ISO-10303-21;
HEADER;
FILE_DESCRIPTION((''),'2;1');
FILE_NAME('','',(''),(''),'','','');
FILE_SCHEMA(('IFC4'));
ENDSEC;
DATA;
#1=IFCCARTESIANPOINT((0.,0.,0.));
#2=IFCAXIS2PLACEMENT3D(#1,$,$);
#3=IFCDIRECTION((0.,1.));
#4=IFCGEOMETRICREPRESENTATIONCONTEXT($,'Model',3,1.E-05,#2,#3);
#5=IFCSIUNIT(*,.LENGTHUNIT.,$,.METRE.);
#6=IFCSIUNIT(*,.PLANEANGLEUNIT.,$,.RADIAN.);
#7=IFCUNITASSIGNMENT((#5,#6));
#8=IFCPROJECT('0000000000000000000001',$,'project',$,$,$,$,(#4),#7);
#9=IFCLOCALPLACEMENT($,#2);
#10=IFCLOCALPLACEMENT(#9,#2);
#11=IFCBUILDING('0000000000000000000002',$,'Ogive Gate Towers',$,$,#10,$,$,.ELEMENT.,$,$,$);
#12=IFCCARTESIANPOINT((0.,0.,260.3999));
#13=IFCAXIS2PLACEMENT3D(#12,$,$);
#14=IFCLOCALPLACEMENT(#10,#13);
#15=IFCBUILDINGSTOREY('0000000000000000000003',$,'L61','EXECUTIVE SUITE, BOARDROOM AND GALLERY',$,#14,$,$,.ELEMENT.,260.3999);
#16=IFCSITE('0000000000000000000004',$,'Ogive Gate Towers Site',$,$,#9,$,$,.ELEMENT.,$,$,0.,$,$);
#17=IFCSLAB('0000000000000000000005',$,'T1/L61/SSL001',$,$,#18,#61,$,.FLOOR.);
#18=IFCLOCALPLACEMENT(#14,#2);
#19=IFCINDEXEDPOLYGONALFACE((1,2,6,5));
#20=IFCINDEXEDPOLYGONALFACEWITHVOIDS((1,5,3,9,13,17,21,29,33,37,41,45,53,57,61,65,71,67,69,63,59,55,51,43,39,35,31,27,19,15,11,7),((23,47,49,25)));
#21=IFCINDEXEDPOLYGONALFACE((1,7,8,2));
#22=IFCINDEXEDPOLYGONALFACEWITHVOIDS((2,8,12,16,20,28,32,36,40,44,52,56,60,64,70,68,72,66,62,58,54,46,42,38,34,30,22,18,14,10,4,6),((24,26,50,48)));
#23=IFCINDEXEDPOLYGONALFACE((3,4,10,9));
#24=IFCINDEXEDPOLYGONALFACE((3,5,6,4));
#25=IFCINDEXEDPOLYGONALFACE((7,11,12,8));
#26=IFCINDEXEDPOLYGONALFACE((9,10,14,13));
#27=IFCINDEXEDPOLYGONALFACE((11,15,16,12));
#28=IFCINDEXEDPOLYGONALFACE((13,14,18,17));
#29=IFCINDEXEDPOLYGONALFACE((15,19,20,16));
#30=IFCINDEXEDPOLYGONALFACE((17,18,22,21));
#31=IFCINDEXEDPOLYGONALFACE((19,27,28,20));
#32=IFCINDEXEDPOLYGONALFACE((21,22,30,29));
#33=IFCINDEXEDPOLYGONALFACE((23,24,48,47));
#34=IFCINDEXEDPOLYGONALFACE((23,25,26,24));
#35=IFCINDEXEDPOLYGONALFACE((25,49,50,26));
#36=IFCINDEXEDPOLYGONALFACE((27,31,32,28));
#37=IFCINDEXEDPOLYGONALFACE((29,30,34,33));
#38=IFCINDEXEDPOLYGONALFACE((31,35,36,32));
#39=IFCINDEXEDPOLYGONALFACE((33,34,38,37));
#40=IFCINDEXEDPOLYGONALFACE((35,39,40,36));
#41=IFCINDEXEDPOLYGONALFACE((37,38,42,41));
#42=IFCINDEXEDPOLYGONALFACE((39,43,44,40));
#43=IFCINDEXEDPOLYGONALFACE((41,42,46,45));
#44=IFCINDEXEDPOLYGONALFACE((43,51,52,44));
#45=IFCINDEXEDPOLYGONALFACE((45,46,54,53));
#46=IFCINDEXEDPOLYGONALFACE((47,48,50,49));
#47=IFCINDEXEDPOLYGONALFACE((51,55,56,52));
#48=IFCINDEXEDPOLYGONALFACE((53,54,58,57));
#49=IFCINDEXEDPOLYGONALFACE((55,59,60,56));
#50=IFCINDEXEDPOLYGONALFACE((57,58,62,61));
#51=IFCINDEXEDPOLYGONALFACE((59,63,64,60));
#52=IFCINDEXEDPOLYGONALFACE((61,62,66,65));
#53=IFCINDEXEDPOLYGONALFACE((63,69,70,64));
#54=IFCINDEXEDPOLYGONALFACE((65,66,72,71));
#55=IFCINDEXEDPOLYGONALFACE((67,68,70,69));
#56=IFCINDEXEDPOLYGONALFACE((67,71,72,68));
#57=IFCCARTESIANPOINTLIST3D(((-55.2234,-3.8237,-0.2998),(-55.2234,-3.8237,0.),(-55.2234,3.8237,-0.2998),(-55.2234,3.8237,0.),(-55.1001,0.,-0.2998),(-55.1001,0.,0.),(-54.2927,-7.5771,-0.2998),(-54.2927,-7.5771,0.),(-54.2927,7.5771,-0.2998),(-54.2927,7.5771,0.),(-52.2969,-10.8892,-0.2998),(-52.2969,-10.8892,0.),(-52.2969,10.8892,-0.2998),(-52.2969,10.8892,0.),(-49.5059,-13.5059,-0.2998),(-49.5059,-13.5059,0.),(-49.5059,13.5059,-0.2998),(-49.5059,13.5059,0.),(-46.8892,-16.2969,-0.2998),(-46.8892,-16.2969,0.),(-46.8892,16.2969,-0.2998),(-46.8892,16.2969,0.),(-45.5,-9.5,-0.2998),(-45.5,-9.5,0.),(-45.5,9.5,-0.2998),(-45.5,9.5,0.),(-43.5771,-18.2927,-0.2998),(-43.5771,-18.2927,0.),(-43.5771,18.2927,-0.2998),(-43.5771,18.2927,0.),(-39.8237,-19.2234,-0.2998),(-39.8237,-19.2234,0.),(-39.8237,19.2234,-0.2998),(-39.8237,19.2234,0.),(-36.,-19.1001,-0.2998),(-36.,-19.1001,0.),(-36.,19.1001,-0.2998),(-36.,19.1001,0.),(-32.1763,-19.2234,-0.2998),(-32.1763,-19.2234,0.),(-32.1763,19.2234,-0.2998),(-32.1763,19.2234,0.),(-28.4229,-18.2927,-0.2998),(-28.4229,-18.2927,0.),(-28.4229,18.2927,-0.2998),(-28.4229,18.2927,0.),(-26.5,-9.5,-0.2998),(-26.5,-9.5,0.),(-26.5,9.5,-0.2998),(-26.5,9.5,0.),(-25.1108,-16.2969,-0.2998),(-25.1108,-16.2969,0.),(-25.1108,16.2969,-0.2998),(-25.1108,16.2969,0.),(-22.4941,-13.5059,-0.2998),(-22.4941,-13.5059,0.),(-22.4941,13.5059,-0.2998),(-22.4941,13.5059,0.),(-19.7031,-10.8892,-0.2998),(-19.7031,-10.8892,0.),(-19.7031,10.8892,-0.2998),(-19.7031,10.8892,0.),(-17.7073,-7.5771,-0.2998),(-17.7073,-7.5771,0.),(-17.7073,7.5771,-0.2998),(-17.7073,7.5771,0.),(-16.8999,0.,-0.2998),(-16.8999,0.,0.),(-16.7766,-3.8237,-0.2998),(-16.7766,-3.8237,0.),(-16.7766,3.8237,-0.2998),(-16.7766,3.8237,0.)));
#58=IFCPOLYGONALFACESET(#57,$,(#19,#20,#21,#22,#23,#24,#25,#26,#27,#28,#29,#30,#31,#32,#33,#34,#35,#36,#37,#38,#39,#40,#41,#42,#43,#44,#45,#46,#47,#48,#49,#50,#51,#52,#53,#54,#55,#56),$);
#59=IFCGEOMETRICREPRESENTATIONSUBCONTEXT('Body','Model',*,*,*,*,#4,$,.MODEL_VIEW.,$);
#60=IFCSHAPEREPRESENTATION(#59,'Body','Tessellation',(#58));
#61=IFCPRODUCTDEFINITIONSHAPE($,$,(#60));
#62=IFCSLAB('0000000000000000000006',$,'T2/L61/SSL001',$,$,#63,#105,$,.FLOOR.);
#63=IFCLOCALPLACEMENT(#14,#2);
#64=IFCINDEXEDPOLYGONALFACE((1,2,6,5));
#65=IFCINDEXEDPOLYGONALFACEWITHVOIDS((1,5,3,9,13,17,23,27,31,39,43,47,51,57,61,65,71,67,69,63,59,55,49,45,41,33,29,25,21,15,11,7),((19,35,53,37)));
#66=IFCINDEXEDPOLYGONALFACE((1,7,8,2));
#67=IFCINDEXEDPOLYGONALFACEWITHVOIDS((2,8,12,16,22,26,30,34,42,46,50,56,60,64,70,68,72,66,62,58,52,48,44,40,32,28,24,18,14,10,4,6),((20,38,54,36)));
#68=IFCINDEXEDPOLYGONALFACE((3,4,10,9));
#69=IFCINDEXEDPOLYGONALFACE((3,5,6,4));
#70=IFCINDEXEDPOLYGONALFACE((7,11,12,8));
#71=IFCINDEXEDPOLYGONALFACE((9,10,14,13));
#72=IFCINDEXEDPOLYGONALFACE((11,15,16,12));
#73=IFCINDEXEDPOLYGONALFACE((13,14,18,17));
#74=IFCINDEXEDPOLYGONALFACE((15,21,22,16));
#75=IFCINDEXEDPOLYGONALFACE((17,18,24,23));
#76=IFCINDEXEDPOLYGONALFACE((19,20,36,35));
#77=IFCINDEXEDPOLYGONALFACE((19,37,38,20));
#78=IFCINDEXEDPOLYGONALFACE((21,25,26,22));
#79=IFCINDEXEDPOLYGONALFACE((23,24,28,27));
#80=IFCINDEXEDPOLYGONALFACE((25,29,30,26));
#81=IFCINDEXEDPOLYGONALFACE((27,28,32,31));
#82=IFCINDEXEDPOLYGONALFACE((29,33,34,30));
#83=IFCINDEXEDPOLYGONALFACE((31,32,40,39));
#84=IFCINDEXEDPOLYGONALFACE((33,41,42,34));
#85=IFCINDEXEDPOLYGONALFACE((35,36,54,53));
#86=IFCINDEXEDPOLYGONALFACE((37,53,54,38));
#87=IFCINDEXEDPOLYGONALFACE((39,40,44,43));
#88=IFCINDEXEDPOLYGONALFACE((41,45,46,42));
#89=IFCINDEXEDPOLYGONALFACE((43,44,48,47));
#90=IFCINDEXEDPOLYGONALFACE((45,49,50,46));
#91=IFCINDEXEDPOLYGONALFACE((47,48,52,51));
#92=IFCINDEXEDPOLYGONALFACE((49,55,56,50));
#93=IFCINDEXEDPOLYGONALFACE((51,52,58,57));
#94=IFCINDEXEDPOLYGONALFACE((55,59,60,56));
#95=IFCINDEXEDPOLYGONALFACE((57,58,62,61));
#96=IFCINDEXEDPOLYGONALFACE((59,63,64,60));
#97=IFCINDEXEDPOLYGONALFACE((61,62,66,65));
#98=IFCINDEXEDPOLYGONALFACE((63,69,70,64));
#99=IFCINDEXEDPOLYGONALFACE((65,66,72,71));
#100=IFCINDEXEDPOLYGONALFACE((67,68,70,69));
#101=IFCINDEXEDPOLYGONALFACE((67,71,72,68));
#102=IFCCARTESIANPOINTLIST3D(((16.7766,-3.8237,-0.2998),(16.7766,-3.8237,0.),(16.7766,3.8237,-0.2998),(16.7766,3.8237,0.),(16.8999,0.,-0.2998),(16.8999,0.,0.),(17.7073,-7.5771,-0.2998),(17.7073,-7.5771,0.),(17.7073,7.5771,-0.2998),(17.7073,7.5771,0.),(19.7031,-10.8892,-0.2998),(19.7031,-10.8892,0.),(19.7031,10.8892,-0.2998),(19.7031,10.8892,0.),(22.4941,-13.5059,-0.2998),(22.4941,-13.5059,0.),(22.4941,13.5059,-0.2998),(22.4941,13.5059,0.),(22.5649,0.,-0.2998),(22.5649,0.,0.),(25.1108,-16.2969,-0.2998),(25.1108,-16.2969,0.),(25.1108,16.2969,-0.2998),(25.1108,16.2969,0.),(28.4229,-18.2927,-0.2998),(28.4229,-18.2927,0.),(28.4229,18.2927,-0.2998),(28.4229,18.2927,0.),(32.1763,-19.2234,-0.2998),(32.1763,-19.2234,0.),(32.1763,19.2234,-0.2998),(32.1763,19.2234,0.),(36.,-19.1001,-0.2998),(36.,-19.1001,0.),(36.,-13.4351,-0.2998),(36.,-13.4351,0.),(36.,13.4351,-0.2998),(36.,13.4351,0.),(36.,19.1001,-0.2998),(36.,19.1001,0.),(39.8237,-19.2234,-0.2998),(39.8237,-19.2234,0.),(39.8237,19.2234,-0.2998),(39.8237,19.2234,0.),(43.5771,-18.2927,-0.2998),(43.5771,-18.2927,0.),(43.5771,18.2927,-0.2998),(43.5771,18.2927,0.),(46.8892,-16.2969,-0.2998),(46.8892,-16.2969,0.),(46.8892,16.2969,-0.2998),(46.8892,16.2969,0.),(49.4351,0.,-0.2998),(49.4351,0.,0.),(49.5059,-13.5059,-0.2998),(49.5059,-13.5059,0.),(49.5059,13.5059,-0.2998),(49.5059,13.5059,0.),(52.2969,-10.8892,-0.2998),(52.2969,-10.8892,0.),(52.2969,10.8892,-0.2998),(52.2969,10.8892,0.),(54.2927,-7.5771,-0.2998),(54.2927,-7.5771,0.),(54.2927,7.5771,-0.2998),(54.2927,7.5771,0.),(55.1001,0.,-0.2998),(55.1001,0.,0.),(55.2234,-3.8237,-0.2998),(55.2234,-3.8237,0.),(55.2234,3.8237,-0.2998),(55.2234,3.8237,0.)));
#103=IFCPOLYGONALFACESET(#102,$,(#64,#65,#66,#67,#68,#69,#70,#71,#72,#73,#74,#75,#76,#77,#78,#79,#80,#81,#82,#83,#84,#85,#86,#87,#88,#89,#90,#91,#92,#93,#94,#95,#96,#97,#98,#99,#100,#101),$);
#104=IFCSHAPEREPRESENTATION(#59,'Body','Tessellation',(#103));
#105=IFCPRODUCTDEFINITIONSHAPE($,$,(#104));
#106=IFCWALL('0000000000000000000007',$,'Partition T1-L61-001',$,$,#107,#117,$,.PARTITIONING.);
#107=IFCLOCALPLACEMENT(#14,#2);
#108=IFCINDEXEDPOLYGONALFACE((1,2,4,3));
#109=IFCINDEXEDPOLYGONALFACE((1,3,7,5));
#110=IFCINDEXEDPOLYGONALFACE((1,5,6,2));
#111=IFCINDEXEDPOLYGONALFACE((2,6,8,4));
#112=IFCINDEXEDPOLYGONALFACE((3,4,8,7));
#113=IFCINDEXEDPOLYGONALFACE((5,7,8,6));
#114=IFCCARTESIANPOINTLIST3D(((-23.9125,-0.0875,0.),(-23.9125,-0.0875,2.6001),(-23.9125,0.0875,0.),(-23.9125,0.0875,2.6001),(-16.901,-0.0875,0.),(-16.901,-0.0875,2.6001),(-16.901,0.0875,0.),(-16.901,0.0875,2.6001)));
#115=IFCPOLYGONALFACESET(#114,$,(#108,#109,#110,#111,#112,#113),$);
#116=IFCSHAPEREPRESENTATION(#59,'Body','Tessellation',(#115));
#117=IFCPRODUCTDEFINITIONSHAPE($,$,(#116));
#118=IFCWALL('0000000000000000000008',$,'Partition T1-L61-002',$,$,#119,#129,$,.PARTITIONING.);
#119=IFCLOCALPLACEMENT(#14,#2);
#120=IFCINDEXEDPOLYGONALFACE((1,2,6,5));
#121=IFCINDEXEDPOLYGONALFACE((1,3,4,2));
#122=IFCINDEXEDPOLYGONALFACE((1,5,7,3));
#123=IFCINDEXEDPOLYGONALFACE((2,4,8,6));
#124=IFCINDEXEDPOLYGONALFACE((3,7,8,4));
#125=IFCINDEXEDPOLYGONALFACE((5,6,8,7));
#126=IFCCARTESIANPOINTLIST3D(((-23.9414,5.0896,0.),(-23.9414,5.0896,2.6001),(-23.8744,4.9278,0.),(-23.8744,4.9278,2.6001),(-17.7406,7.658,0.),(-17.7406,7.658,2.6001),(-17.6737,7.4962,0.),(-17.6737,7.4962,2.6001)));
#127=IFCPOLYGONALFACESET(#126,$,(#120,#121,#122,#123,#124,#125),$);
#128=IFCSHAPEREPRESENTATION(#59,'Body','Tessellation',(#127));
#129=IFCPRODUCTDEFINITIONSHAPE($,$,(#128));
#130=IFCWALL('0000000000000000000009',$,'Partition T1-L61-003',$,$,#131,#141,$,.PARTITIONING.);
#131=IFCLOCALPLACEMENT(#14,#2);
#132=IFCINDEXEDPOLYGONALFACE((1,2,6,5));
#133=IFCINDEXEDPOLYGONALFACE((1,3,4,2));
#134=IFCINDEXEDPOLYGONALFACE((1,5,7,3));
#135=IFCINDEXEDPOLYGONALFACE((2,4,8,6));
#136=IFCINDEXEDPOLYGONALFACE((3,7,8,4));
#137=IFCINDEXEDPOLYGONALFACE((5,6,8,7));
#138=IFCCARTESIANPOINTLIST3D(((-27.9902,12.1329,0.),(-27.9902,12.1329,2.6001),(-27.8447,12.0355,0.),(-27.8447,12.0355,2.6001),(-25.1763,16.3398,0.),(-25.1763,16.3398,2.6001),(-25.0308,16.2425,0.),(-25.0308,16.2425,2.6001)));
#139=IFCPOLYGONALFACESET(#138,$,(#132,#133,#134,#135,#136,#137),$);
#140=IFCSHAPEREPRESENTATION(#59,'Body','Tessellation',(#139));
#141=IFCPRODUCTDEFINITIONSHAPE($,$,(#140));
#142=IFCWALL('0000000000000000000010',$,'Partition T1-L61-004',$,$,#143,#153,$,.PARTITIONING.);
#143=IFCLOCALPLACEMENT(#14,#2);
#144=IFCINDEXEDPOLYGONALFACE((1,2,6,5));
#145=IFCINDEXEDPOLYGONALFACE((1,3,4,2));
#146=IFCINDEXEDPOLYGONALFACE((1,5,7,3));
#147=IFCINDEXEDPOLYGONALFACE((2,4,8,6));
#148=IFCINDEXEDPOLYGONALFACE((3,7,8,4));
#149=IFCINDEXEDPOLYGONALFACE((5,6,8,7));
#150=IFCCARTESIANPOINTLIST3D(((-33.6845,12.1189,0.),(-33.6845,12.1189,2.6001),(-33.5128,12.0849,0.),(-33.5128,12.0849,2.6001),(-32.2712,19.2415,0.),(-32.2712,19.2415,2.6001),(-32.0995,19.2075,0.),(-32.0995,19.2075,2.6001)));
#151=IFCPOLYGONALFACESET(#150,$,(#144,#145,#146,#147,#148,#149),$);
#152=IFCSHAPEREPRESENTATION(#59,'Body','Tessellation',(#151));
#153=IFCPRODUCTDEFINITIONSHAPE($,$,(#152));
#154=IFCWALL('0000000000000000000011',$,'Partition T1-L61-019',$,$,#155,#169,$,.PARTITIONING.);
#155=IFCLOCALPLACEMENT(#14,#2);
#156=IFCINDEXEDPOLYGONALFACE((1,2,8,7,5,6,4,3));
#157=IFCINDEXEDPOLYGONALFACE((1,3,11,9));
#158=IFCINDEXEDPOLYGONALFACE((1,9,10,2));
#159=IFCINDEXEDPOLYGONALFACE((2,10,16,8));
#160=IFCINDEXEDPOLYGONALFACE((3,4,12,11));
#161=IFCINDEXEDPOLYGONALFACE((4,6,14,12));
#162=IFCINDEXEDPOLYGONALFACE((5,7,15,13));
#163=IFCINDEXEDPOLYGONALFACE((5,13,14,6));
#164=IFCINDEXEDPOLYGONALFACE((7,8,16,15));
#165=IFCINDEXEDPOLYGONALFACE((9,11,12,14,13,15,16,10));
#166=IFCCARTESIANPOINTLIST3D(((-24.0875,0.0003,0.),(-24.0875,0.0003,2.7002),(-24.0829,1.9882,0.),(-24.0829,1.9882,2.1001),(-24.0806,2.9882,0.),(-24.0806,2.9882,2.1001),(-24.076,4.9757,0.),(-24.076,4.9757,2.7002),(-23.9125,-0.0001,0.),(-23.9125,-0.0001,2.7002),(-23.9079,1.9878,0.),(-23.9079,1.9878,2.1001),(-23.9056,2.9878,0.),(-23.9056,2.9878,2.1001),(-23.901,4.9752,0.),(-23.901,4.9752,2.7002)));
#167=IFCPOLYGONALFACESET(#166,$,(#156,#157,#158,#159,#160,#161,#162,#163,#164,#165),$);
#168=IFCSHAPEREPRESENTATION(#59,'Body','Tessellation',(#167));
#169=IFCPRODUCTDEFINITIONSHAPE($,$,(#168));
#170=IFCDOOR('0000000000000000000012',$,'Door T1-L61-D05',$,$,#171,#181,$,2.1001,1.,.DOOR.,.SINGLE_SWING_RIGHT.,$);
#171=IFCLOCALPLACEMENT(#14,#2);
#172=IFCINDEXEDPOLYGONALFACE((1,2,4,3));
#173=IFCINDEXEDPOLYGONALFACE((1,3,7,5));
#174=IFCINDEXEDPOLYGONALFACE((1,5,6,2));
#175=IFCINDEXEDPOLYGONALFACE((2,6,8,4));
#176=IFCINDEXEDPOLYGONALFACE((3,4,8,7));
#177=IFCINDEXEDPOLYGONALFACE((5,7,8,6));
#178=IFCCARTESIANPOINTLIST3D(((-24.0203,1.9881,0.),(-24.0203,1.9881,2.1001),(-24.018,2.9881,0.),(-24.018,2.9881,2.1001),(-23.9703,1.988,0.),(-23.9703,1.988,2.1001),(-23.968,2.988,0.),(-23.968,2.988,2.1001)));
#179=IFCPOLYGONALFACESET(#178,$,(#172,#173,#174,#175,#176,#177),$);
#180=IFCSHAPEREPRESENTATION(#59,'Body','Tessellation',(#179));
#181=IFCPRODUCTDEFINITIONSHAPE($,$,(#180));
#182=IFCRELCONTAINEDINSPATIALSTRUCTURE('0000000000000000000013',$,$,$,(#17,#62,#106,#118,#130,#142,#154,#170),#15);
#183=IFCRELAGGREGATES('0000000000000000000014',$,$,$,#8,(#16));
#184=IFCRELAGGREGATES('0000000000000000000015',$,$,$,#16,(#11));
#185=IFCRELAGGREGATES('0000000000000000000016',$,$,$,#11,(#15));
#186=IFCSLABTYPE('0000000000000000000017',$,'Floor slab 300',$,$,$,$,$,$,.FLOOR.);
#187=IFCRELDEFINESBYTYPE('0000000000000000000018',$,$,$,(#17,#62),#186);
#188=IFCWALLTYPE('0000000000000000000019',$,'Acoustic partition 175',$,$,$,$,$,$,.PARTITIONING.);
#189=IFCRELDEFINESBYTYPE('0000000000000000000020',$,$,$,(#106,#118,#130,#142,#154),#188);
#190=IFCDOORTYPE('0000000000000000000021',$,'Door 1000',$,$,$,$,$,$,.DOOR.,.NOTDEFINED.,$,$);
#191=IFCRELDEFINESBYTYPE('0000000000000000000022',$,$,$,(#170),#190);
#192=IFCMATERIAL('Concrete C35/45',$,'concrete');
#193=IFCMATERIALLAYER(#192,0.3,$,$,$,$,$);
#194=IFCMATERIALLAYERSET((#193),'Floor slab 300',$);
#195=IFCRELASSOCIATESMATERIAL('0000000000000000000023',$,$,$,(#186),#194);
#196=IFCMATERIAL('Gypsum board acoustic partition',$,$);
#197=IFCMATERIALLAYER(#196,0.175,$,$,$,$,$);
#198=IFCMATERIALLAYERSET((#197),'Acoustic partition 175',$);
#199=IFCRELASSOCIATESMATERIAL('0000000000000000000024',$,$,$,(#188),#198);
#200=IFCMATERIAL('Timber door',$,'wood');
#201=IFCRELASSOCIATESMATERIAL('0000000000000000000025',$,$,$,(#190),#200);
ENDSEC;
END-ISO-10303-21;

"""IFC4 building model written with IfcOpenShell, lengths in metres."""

from ifc_helpers import new_model, si_unit, direction, frame, frame_2d, origin, place, context, subcontext, project, spatial, polyline, rectangle, outline, extrude, material, layer, layer_set, type_object, element, fill, save


model = new_model("IFC4")

# Units and contexts
model_context = context("Model", 3, precision=1e-05, world=origin(), true_north=direction((0.0, 1.0)))
body_context = subcontext(model_context, "Body", "Model", "MODEL_VIEW")
ifc_project = project(units=[si_unit("LENGTHUNIT", "METRE"), si_unit("PLANEANGLEUNIT", "RADIAN")], contexts=[model_context])

# Site, building, storey
site_placement = place(None, origin())
site = spatial("IfcSite", under=ifc_project, at=site_placement, Name="Ogive Gate Towers Site", CompositionType="ELEMENT", RefElevation=0.0)
building_placement = place(site_placement, origin())
building = spatial("IfcBuilding", under=site, at=building_placement, Name="Ogive Gate Towers", CompositionType="ELEMENT")
storey_placement = place(building_placement, frame((0.0, 0.0, 260.3999)))
storey = spatial("IfcBuildingStorey", under=building, at=storey_placement, Name="L61", Description="EXECUTIVE SUITE, BOARDROOM AND GALLERY", CompositionType="ELEMENT", Elevation=260.3999)

# Slabs
ifc_material_1 = material(Name="Concrete C35/45", Category="concrete")
ifc_layer_1 = layer(ifc_material_1, 0.3)
ifc_layer_set_1 = layer_set([ifc_layer_1], Name="Floor slab 300")
slab_type_1 = type_object("IfcSlabType", Name="Floor slab 300", PredefinedType="FLOOR", material=ifc_layer_set_1)
slab_1_placement = place(storey_placement, frame((0.0, 0.0, -0.2998)))
element("IfcSlab", 1, at=slab_1_placement, inside=storey, type_object=slab_type_1, Name="T1/L61/SSL001", PredefinedType="FLOOR", context=body_context, shape_type="SweptSolid", body=[
    extrude(outline(polyline([(-16.7766, -3.8237), (-16.8999, 0.0), (-16.7766, 3.8237), (-17.7073, 7.5771), (-19.7031, 10.8892), (-22.4941, 13.5059), (-25.1108, 16.2969), (-28.4229, 18.2927), (-32.1763, 19.2234), (-36.0, 19.1001), (-39.8237, 19.2234), (-43.5771, 18.2927), (-46.8892, 16.2969), (-49.5059, 13.5059), (-52.2969, 10.8892), (-54.2927, 7.5771), (-55.2234, 3.8237), (-55.1001, 0.0), (-55.2234, -3.8237), (-54.2927, -7.5771), (-52.2969, -10.8892), (-49.5059, -13.5059), (-46.8892, -16.2969), (-43.5771, -18.2927), (-39.8237, -19.2234), (-36.0, -19.1001), (-32.1763, -19.2234), (-28.4229, -18.2927), (-25.1108, -16.2969), (-22.4941, -13.5059), (-19.7031, -10.8892), (-17.7073, -7.5771), (-16.7766, -3.8237)]), holes=[polyline([(-26.5, -9.5), (-45.5, -9.5), (-45.5, 9.5), (-26.5, 9.5), (-26.5, -9.5)])]), origin(), (0.0, 0.0, 1.0), 0.2998),
])
slab_2_placement = place(storey_placement, frame((0.0, 0.0, -0.2998)))
element("IfcSlab", 2, at=slab_2_placement, inside=storey, type_object=slab_type_1, Name="T2/L61/SSL001", PredefinedType="FLOOR", context=body_context, shape_type="SweptSolid", body=[
    extrude(outline(polyline([(55.2234, -3.8237), (55.1001, 0.0), (55.2234, 3.8237), (54.2927, 7.5771), (52.2969, 10.8892), (49.5059, 13.5059), (46.8892, 16.2969), (43.5771, 18.2927), (39.8237, 19.2234), (36.0, 19.1001), (32.1763, 19.2234), (28.4229, 18.2927), (25.1108, 16.2969), (22.4941, 13.5059), (19.7031, 10.8892), (17.7073, 7.5771), (16.7766, 3.8237), (16.8999, 0.0), (16.7766, -3.8237), (17.7073, -7.5771), (19.7031, -10.8892), (22.4941, -13.5059), (25.1108, -16.2969), (28.4229, -18.2927), (32.1763, -19.2234), (36.0, -19.1001), (39.8237, -19.2234), (43.5771, -18.2927), (46.8892, -16.2969), (49.5059, -13.5059), (52.2969, -10.8892), (54.2927, -7.5771), (55.2234, -3.8237)]), holes=[polyline([(49.4351, 0.0), (36.0, -13.4351), (22.5649, 0.0), (36.0, 13.4351), (49.4351, 0.0)])]), origin(), (0.0, 0.0, 1.0), 0.2998),
])

# Walls
ifc_material_2 = material(Name="Gypsum board acoustic partition")
ifc_layer_2 = layer(ifc_material_2, 0.175)
ifc_layer_set_2 = layer_set([ifc_layer_2], Name="Acoustic partition 175")
wall_type_1 = type_object("IfcWallType", Name="Acoustic partition 175", PredefinedType="PARTITIONING", material=ifc_layer_set_2)
wall_1_placement = place(storey_placement, frame((-16.9009, 0.0, 0.0), z_axis=(0.0, 0.0, 1.0), x_axis=(-1.0, 0.0, 0.0)))
element("IfcWall", 3, at=wall_1_placement, inside=storey, type_object=wall_type_1, Name="Partition T1-L61-001", PredefinedType="PARTITIONING", context=body_context, shape_type="SweptSolid", body=[
    extrude(rectangle(XDim=7.0115, YDim=0.175, at=frame_2d((3.5059, 0.0))), origin(), (0.0, 0.0, 1.0), 2.6001),
])
wall_2_placement = place(storey_placement, frame((-17.707, 7.5771, 0.0), z_axis=(0.0, 0.0, 1.0), x_axis=(-0.923882, -0.382677, 0.0)))
element("IfcWall", 4, at=wall_2_placement, inside=storey, type_object=wall_type_1, Name="Partition T1-L61-002", PredefinedType="PARTITIONING", context=body_context, shape_type="SweptSolid", body=[
    extrude(rectangle(XDim=6.7117, YDim=0.175, at=frame_2d((3.356, 0.0))), origin(), (0.0, 0.0, 1.0), 2.6001),
])
wall_3_placement = place(storey_placement, frame((-25.1035, 16.2913, 0.0), z_axis=(0.0, 0.0, 1.0), x_axis=(-0.555969, -0.831203, 0.0)))
element("IfcWall", 5, at=wall_3_placement, inside=storey, type_object=wall_type_1, Name="Partition T1-L61-003", PredefinedType="PARTITIONING", context=body_context, shape_type="SweptSolid", body=[
    extrude(rectangle(XDim=5.0613, YDim=0.175, at=frame_2d((2.5308, 0.0))), origin(), (0.0, 0.0, 1.0), 2.6001),
])
wall_4_placement = place(storey_placement, frame((-32.1853, 19.2246, 0.0), z_axis=(0.0, 0.0, 1.0), x_axis=(-0.194635, -0.980876, 0.0)))
element("IfcWall", 6, at=wall_4_placement, inside=storey, type_object=wall_type_1, Name="Partition T1-L61-004", PredefinedType="PARTITIONING", context=body_context, shape_type="SweptSolid", body=[
    extrude(rectangle(XDim=7.2615, YDim=0.175, at=frame_2d((3.6309, 0.0))), origin(), (0.0, 0.0, 1.0), 2.6001),
])

# Wall, opening, door
wall_5_placement = place(storey_placement, frame((-24.0, 0.0, 0.0), z_axis=(0.0, 0.0, 1.0), x_axis=(0.002306, 0.999997, 0.0)))
wall_5 = element("IfcWall", 7, at=wall_5_placement, inside=storey, type_object=wall_type_1, Name="Partition T1-L61-019", PredefinedType="PARTITIONING", context=body_context, shape_type="SweptSolid", body=[
    extrude(rectangle(XDim=4.9753, YDim=0.175, at=frame_2d((2.4878, 0.0))), origin(), (0.0, 0.0, 1.0), 2.7002),
])
opening_1_placement = place(wall_5_placement, frame((1.988, 0.0, 0.0)))
opening_1 = element("IfcOpeningElement", 8, at=opening_1_placement, cuts=wall_5, PredefinedType="OPENING", context=body_context, shape_type="SweptSolid", body=[
    extrude(rectangle(XDim=1.0, YDim=2.1001, at=frame_2d((0.5, 1.05))), frame((0.0, 0.0977, 0.0), z_axis=(0.0, -1.0, 0.0), x_axis=(1.0, 0.0, 0.0)), (0.0, 0.0, 1.0), 0.1951),
])
ifc_material_3 = material(Name="Timber door", Category="wood")
door_type_1 = type_object("IfcDoorType", Name="Door 1000", OperationType="NOTDEFINED", PredefinedType="DOOR", material=ifc_material_3)
door_1_placement = place(opening_1_placement, origin())
door_1 = element("IfcDoor", 9, at=door_1_placement, inside=storey, type_object=door_type_1, Name="Door T1-L61-D05", OperationType="SINGLE_SWING_RIGHT", OverallHeight=2.1001, OverallWidth=1.0, PredefinedType="DOOR", context=body_context, shape_type="SweptSolid", body=[
    extrude(rectangle(XDim=1.0, YDim=2.1001, at=frame_2d((0.5, 1.05))), frame((0.0, 0.0249, 0.0), z_axis=(0.0, -1.0, 0.0), x_axis=(1.0, 0.0, 0.0)), (0.0, 0.0, 1.0), 0.05),
])
fill(opening_1, door_1)

save(model, "model.ifc")
